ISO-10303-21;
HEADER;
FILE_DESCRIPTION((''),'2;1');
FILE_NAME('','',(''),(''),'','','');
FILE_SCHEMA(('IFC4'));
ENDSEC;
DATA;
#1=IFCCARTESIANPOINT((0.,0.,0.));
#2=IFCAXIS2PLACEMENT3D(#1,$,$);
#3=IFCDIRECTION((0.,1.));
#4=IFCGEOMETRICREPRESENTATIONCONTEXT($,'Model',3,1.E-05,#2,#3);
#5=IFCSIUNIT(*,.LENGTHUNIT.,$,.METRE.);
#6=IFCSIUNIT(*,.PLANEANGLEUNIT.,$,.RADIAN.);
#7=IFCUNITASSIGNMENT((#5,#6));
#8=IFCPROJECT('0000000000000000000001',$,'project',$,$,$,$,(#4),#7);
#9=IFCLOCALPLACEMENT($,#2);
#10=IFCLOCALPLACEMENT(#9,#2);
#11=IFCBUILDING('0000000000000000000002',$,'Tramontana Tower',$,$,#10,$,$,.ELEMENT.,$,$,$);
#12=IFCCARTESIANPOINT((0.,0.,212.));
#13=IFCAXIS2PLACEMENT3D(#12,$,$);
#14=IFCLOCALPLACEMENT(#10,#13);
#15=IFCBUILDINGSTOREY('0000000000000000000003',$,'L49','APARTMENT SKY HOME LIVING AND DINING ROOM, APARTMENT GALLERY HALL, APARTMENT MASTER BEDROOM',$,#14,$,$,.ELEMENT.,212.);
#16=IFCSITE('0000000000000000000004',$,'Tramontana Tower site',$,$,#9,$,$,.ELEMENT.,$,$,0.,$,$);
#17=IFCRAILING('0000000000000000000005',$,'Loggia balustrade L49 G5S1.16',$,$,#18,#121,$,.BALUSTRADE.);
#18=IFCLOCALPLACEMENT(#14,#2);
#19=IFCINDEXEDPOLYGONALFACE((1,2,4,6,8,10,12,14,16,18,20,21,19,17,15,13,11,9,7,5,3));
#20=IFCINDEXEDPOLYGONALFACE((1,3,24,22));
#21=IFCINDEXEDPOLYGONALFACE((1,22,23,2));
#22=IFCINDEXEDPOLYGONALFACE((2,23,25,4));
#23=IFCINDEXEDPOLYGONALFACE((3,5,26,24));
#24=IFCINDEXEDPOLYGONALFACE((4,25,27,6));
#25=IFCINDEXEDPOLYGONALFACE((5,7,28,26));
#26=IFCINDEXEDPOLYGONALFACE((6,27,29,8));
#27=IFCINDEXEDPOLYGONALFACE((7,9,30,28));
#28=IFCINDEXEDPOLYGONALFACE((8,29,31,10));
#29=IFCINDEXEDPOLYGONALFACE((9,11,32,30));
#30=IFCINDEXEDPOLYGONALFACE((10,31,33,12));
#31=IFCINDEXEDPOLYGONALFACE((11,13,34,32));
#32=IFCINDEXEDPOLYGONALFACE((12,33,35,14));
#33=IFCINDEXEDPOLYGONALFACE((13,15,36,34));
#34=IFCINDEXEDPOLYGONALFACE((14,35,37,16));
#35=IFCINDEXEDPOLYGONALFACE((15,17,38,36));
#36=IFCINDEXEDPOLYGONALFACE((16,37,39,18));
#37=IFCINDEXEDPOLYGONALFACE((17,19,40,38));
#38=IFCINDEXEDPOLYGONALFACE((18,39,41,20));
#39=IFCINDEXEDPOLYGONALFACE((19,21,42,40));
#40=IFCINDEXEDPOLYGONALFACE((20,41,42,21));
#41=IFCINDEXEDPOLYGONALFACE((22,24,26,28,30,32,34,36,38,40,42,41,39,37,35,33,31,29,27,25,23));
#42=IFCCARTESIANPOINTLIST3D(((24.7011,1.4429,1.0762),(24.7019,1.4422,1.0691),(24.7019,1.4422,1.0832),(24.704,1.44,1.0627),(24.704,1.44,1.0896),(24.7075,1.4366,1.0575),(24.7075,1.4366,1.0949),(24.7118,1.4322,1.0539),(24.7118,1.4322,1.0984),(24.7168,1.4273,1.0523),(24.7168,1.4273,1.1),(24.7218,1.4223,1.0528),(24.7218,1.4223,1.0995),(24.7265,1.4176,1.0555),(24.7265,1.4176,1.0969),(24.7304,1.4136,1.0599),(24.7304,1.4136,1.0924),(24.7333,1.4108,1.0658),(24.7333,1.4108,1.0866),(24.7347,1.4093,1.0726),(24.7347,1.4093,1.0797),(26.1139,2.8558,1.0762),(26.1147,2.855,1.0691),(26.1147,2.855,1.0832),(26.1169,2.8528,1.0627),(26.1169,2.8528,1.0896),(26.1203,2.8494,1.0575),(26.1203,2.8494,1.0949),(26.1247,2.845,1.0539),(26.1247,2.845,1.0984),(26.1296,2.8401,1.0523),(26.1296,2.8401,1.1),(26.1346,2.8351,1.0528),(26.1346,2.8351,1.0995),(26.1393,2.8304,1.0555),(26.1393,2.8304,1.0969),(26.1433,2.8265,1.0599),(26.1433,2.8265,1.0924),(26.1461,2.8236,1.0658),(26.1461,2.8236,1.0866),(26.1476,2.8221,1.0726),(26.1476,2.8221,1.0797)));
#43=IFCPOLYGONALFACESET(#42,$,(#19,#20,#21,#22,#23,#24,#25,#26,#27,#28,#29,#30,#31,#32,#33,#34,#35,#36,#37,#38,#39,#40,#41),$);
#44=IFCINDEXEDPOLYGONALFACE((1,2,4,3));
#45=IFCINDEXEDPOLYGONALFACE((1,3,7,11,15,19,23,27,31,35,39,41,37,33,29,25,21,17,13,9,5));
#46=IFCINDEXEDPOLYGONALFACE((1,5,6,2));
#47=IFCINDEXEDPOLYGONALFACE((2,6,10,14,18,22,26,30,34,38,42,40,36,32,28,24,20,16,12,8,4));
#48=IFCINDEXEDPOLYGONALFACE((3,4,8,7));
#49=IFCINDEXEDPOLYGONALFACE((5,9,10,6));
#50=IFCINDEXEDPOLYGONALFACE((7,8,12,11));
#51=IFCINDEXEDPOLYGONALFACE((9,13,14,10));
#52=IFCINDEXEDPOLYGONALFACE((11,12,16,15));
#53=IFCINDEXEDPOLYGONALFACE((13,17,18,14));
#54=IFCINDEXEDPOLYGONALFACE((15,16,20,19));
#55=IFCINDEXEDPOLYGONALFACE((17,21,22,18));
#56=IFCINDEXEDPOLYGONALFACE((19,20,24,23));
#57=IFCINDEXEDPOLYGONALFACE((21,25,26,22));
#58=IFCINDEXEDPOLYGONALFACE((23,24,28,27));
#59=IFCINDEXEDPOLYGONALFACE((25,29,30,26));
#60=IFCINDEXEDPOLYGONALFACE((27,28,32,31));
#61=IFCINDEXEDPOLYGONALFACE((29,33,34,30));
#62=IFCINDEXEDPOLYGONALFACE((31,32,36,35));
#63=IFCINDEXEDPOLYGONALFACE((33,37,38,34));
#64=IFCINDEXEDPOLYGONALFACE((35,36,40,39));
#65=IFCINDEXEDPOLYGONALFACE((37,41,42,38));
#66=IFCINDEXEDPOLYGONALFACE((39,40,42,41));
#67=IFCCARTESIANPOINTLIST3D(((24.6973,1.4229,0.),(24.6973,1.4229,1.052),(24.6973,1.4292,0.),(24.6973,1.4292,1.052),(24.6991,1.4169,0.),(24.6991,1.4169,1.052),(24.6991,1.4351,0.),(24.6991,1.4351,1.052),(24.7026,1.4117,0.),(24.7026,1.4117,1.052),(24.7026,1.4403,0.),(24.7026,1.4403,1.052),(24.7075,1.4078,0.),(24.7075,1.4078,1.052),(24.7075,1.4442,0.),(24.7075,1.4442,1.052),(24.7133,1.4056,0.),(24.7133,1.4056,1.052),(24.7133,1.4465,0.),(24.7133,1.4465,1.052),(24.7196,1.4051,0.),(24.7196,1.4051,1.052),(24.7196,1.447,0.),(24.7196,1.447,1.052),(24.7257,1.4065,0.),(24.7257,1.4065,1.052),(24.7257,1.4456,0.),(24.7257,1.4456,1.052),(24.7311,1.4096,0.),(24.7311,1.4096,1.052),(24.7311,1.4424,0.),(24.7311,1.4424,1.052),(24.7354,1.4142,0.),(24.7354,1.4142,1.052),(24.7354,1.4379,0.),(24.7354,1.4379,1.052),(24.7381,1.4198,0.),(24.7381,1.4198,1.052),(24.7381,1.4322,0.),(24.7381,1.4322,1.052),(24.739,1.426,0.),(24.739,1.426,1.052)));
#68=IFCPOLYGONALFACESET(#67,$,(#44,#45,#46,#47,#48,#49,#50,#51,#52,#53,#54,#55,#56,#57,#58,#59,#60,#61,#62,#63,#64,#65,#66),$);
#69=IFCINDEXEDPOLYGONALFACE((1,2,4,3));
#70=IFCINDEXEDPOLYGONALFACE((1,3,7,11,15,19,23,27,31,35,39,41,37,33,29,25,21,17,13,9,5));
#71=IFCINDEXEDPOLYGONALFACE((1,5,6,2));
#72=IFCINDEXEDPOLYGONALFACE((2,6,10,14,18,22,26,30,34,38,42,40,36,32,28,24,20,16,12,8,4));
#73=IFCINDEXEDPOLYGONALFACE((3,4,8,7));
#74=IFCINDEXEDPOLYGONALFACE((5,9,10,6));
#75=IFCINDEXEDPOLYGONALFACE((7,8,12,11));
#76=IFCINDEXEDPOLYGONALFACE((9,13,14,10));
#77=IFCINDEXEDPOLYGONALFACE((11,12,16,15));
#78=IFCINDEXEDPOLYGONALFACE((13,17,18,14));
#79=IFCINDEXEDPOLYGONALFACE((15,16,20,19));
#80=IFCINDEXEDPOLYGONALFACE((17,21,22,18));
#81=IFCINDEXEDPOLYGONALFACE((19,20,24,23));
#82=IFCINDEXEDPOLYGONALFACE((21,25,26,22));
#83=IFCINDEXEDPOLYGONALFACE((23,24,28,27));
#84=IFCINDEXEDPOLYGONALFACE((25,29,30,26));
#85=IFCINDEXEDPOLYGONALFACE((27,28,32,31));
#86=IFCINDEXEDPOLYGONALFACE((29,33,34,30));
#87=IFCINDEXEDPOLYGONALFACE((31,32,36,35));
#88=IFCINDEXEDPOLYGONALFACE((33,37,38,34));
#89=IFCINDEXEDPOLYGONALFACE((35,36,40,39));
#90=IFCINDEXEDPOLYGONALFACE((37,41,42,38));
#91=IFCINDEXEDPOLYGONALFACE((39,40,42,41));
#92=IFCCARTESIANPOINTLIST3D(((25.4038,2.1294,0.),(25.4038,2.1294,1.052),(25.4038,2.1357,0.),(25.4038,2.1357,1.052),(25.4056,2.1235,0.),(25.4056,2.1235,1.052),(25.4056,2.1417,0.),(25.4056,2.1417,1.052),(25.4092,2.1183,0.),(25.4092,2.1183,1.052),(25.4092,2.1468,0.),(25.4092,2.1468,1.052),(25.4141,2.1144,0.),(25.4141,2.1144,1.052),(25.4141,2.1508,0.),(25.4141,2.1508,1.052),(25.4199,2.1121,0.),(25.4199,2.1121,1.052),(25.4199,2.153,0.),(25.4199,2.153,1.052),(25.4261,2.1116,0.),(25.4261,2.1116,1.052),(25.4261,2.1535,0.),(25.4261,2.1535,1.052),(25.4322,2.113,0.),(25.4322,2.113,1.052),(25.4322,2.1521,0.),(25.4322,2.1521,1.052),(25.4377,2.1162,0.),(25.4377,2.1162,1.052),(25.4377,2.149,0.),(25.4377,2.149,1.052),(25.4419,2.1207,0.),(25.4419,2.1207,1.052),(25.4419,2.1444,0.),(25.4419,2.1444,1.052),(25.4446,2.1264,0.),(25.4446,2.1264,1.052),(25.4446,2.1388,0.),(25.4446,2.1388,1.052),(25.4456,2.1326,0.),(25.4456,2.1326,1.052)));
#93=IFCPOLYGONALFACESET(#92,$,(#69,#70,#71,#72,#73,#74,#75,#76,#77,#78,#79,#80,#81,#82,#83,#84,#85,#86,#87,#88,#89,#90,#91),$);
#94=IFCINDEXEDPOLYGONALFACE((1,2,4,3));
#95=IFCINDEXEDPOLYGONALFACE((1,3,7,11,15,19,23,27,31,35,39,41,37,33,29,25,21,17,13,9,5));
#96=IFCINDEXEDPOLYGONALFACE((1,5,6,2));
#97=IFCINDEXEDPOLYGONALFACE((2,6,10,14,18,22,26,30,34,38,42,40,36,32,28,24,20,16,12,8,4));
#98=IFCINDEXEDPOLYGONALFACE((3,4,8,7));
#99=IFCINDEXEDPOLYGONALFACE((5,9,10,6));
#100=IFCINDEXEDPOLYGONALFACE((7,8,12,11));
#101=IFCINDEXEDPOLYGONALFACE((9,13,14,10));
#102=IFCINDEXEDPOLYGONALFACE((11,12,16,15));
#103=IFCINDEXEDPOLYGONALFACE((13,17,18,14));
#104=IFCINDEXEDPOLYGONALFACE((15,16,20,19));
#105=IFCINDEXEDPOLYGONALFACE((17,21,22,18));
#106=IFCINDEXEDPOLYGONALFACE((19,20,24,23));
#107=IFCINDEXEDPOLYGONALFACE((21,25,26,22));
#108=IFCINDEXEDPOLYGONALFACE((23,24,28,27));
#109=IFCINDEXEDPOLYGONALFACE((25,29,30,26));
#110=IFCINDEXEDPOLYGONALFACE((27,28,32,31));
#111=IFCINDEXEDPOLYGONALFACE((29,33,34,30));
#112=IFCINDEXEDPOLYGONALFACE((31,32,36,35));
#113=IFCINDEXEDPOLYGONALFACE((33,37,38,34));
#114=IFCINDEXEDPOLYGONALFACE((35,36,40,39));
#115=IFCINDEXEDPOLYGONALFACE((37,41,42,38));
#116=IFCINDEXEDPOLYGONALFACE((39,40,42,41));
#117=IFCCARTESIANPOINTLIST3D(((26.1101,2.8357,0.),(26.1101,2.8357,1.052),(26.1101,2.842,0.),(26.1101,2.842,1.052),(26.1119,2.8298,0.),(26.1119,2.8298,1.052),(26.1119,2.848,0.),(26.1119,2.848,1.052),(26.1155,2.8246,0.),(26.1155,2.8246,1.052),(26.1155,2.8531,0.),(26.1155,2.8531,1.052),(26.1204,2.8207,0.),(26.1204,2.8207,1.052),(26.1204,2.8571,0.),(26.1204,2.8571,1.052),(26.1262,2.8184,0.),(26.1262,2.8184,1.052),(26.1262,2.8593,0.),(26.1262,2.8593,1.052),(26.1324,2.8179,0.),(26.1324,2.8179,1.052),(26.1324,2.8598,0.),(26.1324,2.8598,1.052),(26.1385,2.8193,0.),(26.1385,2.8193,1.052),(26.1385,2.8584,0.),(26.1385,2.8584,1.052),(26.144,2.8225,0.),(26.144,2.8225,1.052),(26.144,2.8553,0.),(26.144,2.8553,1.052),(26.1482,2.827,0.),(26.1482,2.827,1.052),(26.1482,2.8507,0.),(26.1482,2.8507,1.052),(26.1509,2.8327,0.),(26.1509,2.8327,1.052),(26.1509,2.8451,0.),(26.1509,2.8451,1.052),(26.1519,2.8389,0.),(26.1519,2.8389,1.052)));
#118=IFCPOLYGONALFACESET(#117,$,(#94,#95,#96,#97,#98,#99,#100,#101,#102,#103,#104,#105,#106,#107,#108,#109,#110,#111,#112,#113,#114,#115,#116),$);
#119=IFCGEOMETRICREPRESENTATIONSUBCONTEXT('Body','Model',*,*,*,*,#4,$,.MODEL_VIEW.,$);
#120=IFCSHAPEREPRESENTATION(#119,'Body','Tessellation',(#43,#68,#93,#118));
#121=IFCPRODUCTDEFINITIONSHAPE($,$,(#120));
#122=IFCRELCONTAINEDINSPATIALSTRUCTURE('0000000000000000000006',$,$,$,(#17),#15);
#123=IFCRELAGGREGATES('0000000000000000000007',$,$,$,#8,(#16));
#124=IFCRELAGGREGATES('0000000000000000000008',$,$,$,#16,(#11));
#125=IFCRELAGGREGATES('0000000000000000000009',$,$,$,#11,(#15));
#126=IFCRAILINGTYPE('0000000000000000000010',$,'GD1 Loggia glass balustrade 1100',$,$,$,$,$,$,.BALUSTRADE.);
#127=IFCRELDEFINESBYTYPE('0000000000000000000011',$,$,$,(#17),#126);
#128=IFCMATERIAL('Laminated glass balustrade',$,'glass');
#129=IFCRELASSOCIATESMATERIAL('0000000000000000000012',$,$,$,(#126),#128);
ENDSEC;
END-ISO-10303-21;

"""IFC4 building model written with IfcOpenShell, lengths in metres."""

from ifc_helpers import new_model, si_unit, direction, frame, origin, origin_2d, place, context, subcontext, project, spatial, circle, extrude, material, type_object, element, save


model = new_model("IFC4")

# Units and contexts
model_context = context("Model", 3, precision=1e-05, world=origin(), true_north=direction((0.0, 1.0)))
body_context = subcontext(model_context, "Body", "Model", "MODEL_VIEW")
ifc_project = project(units=[si_unit("LENGTHUNIT", "METRE"), si_unit("PLANEANGLEUNIT", "RADIAN")], contexts=[model_context])

# Site, building, storey
site_placement = place(None, origin())
site = spatial("IfcSite", under=ifc_project, at=site_placement, Name="Tramontana Tower site", CompositionType="ELEMENT", RefElevation=0.0)
building_placement = place(site_placement, origin())
building = spatial("IfcBuilding", under=site, at=building_placement, Name="Tramontana Tower", CompositionType="ELEMENT")
storey_placement = place(building_placement, frame((0.0, 0.0, 212.0)))
storey = spatial("IfcBuildingStorey", under=building, at=storey_placement, Name="L49", Description="APARTMENT SKY HOME LIVING AND DINING ROOM, APARTMENT GALLERY HALL, APARTMENT MASTER BEDROOM", CompositionType="ELEMENT", Elevation=212.0)

# Railing
ifc_material_1 = material(Name="Laminated glass balustrade", Category="glass")
railing_type = type_object("IfcRailingType", Name="GD1 Loggia glass balustrade 1100", PredefinedType="BALUSTRADE", material=ifc_material_1)
railing_1_placement = place(storey_placement, frame((24.718, 1.426, 0.0)))
element("IfcRailing", 1, at=railing_1_placement, inside=storey, type_object=railing_type, Name="Loggia balustrade L49 G5S1.16", PredefinedType="BALUSTRADE", context=body_context, shape_type="SweptSolid", body=[
    extrude(circle(Radius=0.0239, at=origin_2d()), frame((0.0, 0.0, 1.0762), z_axis=(0.707107, 0.707107, 0.0), x_axis=(-0.707107, 0.707107, 0.0)), (0.0, 0.0, 1.0), 1.998),
    extrude(circle(Radius=0.021, at=origin_2d()), origin(), (0.0, 0.0, 1.0), 1.052),
    extrude(circle(Radius=0.021, at=origin_2d()), frame((0.7065, 0.7065, 0.0)), (0.0, 0.0, 1.0), 1.052),
    extrude(circle(Radius=0.021, at=origin_2d()), frame((1.4128, 1.4128, 0.0)), (0.0, 0.0, 1.0), 1.052),
])

save(model, "model.ifc")
